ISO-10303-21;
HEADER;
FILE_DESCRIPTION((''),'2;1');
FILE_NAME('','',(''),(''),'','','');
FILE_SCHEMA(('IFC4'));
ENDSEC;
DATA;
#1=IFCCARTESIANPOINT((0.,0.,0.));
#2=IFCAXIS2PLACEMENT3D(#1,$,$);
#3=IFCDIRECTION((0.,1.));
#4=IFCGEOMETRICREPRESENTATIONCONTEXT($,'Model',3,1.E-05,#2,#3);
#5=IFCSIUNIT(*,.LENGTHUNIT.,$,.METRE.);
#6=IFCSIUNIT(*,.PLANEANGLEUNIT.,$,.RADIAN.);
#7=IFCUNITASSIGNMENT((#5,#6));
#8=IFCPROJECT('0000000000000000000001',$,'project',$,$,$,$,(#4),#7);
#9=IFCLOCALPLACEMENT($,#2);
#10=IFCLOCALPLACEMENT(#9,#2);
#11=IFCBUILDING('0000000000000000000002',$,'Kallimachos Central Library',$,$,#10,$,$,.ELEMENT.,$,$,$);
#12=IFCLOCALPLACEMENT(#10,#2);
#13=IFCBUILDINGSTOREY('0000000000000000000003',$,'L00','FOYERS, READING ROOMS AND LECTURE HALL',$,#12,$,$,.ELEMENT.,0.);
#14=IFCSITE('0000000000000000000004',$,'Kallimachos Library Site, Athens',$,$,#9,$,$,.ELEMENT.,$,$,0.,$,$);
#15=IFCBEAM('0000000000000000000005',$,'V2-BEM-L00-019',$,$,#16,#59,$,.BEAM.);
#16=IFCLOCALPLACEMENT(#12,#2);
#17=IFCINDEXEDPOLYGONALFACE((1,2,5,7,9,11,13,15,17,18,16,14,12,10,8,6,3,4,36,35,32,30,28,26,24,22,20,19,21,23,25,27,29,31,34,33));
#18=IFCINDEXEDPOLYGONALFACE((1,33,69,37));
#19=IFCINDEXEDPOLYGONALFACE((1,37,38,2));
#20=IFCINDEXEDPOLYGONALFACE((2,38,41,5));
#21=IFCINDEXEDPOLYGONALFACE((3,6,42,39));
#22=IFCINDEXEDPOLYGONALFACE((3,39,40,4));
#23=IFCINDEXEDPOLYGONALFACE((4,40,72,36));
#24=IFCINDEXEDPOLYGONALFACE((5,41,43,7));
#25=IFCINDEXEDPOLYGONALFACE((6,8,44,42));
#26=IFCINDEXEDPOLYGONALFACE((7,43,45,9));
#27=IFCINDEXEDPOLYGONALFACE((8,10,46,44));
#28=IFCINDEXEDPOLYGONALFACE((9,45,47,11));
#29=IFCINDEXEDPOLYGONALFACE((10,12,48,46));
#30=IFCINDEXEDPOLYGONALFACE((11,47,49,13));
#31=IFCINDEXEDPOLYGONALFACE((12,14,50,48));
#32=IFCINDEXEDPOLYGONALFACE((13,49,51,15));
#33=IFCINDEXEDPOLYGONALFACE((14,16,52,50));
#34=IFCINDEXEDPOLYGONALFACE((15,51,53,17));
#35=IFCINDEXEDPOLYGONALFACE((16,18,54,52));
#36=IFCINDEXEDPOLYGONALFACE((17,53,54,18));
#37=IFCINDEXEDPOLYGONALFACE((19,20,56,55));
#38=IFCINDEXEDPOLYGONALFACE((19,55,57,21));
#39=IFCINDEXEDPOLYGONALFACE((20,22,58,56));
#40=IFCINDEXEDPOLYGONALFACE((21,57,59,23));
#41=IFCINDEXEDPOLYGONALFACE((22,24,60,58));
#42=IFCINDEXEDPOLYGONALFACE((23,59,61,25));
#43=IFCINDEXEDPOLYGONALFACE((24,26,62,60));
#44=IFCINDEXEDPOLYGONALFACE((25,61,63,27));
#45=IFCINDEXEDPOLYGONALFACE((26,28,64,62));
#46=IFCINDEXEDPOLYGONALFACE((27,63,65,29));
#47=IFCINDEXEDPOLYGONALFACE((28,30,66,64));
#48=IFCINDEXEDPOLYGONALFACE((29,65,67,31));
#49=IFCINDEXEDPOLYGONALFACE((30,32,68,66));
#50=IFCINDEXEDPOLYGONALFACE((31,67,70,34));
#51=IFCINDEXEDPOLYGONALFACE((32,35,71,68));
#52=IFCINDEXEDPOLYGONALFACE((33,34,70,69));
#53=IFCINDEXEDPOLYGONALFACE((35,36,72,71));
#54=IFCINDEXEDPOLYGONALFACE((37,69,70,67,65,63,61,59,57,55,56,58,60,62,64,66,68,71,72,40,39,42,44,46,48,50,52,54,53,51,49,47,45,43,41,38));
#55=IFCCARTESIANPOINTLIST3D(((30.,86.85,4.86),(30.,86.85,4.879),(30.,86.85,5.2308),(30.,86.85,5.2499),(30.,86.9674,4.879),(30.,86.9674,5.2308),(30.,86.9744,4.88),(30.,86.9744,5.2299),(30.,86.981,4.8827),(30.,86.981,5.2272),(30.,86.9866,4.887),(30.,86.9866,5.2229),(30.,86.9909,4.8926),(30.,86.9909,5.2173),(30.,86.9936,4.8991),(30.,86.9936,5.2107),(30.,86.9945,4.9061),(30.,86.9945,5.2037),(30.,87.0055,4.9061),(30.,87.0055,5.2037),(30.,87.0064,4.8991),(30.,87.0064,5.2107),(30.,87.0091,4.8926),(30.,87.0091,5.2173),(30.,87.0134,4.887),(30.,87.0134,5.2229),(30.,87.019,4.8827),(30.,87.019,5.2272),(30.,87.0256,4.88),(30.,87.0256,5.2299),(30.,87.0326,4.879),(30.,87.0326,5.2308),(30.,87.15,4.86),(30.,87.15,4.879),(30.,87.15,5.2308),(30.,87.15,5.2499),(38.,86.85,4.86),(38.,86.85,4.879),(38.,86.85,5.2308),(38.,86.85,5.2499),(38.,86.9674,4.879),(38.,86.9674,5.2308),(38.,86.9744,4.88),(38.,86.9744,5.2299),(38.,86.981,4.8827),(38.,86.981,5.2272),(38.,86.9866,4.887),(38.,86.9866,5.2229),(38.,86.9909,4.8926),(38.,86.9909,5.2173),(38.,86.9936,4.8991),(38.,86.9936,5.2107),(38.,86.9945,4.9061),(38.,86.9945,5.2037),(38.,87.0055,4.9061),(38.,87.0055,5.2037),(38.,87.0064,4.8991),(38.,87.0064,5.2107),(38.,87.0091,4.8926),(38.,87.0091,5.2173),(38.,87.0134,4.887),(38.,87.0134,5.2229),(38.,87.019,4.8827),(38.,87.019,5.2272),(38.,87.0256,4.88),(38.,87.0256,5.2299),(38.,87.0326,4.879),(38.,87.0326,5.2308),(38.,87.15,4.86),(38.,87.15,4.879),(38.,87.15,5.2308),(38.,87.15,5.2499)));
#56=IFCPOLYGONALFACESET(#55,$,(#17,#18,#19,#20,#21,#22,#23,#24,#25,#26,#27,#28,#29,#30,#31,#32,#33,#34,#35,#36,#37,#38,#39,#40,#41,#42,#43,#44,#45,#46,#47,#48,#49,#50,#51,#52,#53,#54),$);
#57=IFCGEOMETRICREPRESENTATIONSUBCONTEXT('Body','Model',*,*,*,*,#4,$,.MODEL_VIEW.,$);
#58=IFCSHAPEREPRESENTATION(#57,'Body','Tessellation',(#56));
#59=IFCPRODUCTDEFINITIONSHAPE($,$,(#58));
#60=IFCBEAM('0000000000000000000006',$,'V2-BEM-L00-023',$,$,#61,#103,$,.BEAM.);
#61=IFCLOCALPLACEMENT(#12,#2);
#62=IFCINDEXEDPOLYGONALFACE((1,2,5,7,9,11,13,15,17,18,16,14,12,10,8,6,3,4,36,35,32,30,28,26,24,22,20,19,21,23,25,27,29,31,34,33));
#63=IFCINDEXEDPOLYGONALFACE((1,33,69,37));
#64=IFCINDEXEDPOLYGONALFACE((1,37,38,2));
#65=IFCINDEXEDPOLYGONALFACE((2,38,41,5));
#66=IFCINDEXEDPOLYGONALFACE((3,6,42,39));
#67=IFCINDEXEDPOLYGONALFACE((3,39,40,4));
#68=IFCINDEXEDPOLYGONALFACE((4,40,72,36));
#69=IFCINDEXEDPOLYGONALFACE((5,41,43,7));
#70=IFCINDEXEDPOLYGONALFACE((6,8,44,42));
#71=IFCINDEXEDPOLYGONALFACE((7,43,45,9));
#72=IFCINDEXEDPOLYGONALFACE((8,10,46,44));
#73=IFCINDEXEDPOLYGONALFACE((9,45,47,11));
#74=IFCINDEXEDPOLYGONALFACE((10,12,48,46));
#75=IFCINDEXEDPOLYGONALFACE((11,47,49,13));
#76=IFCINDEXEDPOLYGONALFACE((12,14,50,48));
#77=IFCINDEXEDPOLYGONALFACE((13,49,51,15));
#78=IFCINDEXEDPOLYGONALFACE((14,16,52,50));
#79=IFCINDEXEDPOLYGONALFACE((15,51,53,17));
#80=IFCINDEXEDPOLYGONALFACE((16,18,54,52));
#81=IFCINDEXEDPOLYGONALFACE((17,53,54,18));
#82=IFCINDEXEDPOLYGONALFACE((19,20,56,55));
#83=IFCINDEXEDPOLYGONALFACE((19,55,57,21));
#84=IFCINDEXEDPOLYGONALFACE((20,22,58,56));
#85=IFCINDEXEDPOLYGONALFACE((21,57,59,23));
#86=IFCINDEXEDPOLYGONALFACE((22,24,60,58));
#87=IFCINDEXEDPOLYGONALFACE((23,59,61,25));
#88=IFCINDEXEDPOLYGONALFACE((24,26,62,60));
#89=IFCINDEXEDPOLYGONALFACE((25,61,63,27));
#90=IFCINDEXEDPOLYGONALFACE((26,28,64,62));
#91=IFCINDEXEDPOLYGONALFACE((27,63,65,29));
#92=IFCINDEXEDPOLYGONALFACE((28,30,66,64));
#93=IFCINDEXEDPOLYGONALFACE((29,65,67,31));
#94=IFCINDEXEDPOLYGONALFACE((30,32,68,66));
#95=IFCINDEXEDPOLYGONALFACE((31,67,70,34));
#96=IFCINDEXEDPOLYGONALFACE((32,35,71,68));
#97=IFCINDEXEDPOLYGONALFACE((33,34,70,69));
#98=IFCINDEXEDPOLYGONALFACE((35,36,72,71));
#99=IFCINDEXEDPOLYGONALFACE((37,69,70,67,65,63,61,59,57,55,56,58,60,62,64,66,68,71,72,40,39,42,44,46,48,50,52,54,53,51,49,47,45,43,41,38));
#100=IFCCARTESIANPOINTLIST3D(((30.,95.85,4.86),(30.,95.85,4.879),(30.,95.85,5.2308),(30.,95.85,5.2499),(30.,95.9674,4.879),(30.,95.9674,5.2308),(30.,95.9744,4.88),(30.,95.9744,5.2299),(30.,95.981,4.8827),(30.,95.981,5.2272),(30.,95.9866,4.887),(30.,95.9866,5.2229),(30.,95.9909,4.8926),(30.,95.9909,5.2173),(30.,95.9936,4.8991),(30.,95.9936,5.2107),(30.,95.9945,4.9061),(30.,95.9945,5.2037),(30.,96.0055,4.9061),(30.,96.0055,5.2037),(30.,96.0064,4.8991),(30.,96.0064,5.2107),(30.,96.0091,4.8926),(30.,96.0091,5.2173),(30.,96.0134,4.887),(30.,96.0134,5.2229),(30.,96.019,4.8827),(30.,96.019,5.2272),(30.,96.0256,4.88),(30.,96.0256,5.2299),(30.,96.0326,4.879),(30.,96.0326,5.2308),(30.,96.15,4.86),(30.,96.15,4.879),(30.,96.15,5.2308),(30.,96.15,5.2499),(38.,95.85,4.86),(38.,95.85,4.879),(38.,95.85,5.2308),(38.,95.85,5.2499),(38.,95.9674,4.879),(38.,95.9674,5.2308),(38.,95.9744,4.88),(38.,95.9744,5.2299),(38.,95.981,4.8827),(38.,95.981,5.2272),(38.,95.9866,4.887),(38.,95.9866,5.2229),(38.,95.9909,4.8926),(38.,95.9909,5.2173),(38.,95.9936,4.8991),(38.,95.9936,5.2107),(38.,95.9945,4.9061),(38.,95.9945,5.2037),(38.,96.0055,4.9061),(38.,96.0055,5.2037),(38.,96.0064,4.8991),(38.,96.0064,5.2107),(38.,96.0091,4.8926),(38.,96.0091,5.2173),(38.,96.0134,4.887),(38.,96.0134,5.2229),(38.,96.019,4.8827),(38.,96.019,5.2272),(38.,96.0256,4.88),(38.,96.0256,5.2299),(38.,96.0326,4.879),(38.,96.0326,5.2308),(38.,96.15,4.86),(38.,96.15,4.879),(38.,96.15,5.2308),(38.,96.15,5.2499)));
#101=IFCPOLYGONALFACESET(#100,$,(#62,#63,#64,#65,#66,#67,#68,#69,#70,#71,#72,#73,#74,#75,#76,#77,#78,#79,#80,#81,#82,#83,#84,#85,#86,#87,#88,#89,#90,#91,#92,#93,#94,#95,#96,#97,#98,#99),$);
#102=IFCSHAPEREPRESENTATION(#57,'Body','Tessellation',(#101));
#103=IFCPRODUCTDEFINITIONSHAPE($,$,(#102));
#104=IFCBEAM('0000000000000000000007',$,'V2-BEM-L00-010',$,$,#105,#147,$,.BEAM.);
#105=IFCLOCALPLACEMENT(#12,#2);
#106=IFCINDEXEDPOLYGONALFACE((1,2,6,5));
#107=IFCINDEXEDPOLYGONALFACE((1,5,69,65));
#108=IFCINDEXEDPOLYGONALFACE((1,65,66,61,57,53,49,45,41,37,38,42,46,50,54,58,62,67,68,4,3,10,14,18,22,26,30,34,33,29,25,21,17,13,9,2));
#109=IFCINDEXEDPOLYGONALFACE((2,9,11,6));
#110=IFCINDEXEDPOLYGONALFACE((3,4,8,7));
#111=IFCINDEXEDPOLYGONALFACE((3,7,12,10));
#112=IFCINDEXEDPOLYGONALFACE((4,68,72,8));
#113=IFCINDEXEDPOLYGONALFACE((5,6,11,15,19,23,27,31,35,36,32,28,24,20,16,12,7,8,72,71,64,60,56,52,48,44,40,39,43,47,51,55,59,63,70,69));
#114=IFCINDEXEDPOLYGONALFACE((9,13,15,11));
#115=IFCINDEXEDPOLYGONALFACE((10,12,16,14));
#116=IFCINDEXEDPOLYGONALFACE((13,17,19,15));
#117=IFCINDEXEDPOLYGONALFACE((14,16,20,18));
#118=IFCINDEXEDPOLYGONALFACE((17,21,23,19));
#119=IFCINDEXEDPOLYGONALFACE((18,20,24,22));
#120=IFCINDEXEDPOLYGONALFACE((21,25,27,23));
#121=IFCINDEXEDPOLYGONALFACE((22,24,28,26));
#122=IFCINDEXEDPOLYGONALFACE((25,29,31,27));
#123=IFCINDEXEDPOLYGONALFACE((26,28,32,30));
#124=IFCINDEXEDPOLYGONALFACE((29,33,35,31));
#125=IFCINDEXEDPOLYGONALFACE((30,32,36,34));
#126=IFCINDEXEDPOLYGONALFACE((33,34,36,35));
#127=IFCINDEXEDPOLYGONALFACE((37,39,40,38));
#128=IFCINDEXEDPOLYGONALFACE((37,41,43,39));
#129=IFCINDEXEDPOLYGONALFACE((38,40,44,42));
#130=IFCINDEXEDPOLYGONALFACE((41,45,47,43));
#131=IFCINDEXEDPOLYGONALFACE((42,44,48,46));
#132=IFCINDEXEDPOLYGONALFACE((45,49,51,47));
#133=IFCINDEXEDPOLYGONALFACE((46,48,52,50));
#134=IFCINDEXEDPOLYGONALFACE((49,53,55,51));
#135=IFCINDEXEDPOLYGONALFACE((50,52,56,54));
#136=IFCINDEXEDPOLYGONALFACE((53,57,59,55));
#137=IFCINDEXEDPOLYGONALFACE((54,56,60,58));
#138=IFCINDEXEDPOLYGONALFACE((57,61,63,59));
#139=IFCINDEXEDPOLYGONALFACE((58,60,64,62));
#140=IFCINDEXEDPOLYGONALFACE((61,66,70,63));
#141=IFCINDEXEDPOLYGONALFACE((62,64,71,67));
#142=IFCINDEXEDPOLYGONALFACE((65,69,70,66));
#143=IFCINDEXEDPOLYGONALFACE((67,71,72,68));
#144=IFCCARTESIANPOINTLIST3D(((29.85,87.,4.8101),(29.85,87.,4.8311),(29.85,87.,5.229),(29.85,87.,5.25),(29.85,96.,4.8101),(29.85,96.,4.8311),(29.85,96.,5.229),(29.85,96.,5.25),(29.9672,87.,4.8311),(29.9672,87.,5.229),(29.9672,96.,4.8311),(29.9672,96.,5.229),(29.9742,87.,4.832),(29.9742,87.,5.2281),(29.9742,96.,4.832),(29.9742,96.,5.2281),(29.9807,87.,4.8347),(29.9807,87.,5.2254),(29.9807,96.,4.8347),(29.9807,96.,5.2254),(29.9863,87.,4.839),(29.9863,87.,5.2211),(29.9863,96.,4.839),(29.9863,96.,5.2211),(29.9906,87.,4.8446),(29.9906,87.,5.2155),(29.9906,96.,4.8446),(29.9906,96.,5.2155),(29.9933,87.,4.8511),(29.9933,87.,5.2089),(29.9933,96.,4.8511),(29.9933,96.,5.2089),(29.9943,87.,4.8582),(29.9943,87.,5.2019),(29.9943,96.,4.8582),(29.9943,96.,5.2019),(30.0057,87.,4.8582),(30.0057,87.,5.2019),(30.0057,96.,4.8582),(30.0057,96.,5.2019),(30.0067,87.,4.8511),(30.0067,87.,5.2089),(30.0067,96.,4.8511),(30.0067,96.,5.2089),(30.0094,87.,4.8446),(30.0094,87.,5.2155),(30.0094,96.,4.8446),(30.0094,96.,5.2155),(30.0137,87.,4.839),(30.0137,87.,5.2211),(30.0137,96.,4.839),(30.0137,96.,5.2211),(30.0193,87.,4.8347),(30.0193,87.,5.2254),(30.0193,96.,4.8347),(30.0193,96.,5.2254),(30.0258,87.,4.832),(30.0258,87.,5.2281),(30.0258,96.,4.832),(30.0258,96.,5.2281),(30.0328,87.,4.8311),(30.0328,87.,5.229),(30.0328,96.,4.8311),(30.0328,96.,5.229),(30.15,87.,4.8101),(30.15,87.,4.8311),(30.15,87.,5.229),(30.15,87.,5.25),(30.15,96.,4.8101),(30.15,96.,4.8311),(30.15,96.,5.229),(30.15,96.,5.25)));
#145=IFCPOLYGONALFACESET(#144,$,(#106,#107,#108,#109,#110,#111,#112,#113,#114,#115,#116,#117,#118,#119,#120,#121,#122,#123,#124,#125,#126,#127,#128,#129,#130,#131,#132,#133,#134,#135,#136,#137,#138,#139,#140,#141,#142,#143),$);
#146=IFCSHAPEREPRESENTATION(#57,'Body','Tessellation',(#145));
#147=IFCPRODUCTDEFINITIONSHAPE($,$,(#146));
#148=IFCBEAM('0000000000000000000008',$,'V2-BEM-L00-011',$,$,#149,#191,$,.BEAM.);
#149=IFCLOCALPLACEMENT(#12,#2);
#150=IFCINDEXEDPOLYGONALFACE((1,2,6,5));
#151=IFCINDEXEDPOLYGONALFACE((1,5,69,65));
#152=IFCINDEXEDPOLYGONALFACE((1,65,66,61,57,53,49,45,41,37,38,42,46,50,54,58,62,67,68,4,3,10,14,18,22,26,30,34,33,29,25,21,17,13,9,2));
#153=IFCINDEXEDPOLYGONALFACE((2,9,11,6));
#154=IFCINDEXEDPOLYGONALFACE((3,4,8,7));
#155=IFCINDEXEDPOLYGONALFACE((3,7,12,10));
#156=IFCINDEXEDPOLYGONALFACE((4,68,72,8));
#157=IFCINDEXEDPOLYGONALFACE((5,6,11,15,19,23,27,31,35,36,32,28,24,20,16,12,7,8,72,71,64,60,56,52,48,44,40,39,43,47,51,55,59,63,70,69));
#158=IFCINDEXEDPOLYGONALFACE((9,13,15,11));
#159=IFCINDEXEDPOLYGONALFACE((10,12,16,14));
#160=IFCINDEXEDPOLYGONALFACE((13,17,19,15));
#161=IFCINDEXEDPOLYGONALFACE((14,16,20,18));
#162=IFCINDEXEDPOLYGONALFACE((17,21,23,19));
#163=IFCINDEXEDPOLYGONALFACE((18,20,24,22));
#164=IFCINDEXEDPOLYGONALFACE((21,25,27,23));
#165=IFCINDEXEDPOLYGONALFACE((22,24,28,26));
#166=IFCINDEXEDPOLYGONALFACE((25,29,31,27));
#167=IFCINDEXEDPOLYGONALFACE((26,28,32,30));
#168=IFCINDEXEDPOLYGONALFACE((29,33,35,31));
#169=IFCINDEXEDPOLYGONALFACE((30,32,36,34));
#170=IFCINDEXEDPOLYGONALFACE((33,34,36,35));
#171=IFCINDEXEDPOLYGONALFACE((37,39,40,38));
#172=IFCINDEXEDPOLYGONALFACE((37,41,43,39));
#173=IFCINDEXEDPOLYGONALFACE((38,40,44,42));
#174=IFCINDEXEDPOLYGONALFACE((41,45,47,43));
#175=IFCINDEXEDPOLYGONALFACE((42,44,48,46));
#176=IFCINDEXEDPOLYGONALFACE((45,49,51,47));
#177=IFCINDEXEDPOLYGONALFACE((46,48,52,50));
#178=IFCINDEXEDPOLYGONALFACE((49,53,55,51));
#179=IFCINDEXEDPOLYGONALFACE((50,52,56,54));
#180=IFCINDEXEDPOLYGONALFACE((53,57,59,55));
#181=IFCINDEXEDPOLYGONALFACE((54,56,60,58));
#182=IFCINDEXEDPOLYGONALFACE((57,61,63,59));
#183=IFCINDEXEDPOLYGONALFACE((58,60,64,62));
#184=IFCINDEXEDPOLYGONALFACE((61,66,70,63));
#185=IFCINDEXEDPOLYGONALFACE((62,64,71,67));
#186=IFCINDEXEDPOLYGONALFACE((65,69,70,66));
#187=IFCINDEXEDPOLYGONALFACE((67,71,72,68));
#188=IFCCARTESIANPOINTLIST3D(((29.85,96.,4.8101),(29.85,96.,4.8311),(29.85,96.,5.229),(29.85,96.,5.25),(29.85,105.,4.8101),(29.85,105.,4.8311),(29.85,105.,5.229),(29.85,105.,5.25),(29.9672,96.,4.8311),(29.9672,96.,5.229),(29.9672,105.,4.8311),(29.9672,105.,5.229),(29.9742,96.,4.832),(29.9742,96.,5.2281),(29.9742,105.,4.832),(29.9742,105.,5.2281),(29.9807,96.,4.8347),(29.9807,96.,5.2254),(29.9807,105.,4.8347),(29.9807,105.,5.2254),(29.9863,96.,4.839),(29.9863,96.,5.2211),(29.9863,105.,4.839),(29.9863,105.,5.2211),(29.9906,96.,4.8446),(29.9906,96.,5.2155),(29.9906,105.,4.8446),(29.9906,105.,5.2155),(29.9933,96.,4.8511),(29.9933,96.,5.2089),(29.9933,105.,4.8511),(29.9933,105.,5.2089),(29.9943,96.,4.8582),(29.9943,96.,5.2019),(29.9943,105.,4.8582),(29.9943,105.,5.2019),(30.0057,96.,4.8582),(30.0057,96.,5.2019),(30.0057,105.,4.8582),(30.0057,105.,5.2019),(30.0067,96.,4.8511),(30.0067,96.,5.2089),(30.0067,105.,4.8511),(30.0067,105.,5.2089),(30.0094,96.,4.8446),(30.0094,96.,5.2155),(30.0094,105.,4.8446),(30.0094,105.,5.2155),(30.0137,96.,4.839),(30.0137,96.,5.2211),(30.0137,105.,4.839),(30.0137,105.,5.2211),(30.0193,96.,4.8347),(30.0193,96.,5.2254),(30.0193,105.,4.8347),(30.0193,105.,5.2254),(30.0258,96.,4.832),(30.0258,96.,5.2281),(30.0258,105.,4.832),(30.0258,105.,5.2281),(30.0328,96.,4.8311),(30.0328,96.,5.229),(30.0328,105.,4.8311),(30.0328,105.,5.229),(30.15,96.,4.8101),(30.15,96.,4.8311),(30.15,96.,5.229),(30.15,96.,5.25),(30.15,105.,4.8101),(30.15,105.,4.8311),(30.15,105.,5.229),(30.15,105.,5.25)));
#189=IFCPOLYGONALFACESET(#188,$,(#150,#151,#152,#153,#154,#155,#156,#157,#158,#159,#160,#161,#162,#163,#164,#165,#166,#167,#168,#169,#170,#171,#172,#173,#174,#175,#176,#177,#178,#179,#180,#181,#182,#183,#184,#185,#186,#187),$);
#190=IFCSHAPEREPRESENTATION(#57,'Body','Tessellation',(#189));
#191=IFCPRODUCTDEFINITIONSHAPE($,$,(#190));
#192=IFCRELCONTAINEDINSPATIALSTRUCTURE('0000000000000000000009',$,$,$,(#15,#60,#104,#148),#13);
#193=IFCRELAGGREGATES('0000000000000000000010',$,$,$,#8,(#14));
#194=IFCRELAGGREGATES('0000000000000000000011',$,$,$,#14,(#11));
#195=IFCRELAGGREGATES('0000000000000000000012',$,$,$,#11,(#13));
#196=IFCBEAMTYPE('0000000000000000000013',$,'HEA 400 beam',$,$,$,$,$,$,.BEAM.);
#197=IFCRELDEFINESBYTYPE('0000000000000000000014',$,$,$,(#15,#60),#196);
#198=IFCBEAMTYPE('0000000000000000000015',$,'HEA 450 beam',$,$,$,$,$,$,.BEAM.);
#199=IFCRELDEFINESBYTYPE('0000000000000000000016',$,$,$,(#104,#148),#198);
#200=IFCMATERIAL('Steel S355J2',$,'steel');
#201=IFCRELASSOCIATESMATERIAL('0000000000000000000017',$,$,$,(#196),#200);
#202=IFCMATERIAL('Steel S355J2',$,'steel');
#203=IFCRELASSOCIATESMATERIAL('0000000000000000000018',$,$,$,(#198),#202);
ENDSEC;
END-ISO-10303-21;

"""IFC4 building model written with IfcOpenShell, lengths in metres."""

from ifc_helpers import new_model, si_unit, direction, frame, origin, origin_2d, place, context, subcontext, project, spatial, i_section, extrude, material, material_profile, profile_set, type_object, element, save


model = new_model("IFC4")

# Units and contexts
model_context = context("Model", 3, precision=1e-05, world=origin(), true_north=direction((0.0, 1.0)))
body_context = subcontext(model_context, "Body", "Model", "MODEL_VIEW")
ifc_project = project(units=[si_unit("LENGTHUNIT", "METRE"), si_unit("PLANEANGLEUNIT", "RADIAN")], contexts=[model_context])

# Site, building, storey
site_placement = place(None, origin())
site = spatial("IfcSite", under=ifc_project, at=site_placement, Name="Kallimachos Library Site, Athens", CompositionType="ELEMENT", RefElevation=0.0)
building_placement = place(site_placement, origin())
building = spatial("IfcBuilding", under=site, at=building_placement, Name="Kallimachos Central Library", CompositionType="ELEMENT")
storey_placement = place(building_placement, origin())
storey = spatial("IfcBuildingStorey", under=building, at=storey_placement, Name="L00", Description="FOYERS, READING ROOMS AND LECTURE HALL", CompositionType="ELEMENT", Elevation=0.0)

# Beams
ifc_material_1 = material(Name="Steel S355J2", Category="steel")
ifc_material_profile_1 = material_profile(ifc_material_1, i_section(OverallWidth=0.3, OverallDepth=0.3899, WebThickness=0.011, FlangeThickness=0.019, FilletRadius=0.0271, at=origin_2d()), Name="HEA 400")
ifc_profile_set_1 = profile_set([ifc_material_profile_1], Name="Steel S355J2")
beam_type_1 = type_object("IfcBeamType", Name="HEA 400 beam", PredefinedType="BEAM", material=ifc_profile_set_1)
for number, where, z_axis, x_axis, name in (
    (1, (30.0, 87.0, 5.0549), (1.0, 0.0, 0.0), (0.0, 1.0, 0.0), "V2-BEM-L00-019"),
    (2, (30.0, 96.0, 5.0549), (1.0, 0.0, 0.0), (0.0, 1.0, 0.0), "V2-BEM-L00-023"),
):
    element("IfcBeam", number, at=place(storey_placement, frame(where, z_axis=z_axis, x_axis=x_axis)), inside=storey, type_object=beam_type_1, Name=name, PredefinedType="BEAM", context=body_context, shape_type="SweptSolid", body=[
        extrude(i_section(OverallWidth=0.3, OverallDepth=0.3899, WebThickness=0.011, FlangeThickness=0.019, FilletRadius=0.0271, at=origin_2d()), origin(), (0.0, 0.0, 1.0), 8.0),
    ])
ifc_material_2 = material(Name="Steel S355J2", Category="steel")
ifc_material_profile_2 = material_profile(ifc_material_2, i_section(OverallWidth=0.3, OverallDepth=0.4399, WebThickness=0.0115, FlangeThickness=0.021, FilletRadius=0.0271, at=origin_2d()), Name="HEA 450")
ifc_profile_set_2 = profile_set([ifc_material_profile_2], Name="Steel S355J2")
beam_type_2 = type_object("IfcBeamType", Name="HEA 450 beam", PredefinedType="BEAM", material=ifc_profile_set_2)
for number, where, z_axis, x_axis, name in (
    (3, (30.0, 87.0, 5.03), (0.0, 1.0, 0.0), (-1.0, 0.0, 0.0), "V2-BEM-L00-010"),
    (4, (30.0, 96.0, 5.03), (0.0, 1.0, 0.0), (-1.0, 0.0, 0.0), "V2-BEM-L00-011"),
):
    element("IfcBeam", number, at=place(storey_placement, frame(where, z_axis=z_axis, x_axis=x_axis)), inside=storey, type_object=beam_type_2, Name=name, PredefinedType="BEAM", context=body_context, shape_type="SweptSolid", body=[
        extrude(i_section(OverallWidth=0.3, OverallDepth=0.4399, WebThickness=0.0115, FlangeThickness=0.021, FilletRadius=0.0271, at=origin_2d()), origin(), (0.0, 0.0, 1.0), 9.0),
    ])

save(model, "model.ifc")
